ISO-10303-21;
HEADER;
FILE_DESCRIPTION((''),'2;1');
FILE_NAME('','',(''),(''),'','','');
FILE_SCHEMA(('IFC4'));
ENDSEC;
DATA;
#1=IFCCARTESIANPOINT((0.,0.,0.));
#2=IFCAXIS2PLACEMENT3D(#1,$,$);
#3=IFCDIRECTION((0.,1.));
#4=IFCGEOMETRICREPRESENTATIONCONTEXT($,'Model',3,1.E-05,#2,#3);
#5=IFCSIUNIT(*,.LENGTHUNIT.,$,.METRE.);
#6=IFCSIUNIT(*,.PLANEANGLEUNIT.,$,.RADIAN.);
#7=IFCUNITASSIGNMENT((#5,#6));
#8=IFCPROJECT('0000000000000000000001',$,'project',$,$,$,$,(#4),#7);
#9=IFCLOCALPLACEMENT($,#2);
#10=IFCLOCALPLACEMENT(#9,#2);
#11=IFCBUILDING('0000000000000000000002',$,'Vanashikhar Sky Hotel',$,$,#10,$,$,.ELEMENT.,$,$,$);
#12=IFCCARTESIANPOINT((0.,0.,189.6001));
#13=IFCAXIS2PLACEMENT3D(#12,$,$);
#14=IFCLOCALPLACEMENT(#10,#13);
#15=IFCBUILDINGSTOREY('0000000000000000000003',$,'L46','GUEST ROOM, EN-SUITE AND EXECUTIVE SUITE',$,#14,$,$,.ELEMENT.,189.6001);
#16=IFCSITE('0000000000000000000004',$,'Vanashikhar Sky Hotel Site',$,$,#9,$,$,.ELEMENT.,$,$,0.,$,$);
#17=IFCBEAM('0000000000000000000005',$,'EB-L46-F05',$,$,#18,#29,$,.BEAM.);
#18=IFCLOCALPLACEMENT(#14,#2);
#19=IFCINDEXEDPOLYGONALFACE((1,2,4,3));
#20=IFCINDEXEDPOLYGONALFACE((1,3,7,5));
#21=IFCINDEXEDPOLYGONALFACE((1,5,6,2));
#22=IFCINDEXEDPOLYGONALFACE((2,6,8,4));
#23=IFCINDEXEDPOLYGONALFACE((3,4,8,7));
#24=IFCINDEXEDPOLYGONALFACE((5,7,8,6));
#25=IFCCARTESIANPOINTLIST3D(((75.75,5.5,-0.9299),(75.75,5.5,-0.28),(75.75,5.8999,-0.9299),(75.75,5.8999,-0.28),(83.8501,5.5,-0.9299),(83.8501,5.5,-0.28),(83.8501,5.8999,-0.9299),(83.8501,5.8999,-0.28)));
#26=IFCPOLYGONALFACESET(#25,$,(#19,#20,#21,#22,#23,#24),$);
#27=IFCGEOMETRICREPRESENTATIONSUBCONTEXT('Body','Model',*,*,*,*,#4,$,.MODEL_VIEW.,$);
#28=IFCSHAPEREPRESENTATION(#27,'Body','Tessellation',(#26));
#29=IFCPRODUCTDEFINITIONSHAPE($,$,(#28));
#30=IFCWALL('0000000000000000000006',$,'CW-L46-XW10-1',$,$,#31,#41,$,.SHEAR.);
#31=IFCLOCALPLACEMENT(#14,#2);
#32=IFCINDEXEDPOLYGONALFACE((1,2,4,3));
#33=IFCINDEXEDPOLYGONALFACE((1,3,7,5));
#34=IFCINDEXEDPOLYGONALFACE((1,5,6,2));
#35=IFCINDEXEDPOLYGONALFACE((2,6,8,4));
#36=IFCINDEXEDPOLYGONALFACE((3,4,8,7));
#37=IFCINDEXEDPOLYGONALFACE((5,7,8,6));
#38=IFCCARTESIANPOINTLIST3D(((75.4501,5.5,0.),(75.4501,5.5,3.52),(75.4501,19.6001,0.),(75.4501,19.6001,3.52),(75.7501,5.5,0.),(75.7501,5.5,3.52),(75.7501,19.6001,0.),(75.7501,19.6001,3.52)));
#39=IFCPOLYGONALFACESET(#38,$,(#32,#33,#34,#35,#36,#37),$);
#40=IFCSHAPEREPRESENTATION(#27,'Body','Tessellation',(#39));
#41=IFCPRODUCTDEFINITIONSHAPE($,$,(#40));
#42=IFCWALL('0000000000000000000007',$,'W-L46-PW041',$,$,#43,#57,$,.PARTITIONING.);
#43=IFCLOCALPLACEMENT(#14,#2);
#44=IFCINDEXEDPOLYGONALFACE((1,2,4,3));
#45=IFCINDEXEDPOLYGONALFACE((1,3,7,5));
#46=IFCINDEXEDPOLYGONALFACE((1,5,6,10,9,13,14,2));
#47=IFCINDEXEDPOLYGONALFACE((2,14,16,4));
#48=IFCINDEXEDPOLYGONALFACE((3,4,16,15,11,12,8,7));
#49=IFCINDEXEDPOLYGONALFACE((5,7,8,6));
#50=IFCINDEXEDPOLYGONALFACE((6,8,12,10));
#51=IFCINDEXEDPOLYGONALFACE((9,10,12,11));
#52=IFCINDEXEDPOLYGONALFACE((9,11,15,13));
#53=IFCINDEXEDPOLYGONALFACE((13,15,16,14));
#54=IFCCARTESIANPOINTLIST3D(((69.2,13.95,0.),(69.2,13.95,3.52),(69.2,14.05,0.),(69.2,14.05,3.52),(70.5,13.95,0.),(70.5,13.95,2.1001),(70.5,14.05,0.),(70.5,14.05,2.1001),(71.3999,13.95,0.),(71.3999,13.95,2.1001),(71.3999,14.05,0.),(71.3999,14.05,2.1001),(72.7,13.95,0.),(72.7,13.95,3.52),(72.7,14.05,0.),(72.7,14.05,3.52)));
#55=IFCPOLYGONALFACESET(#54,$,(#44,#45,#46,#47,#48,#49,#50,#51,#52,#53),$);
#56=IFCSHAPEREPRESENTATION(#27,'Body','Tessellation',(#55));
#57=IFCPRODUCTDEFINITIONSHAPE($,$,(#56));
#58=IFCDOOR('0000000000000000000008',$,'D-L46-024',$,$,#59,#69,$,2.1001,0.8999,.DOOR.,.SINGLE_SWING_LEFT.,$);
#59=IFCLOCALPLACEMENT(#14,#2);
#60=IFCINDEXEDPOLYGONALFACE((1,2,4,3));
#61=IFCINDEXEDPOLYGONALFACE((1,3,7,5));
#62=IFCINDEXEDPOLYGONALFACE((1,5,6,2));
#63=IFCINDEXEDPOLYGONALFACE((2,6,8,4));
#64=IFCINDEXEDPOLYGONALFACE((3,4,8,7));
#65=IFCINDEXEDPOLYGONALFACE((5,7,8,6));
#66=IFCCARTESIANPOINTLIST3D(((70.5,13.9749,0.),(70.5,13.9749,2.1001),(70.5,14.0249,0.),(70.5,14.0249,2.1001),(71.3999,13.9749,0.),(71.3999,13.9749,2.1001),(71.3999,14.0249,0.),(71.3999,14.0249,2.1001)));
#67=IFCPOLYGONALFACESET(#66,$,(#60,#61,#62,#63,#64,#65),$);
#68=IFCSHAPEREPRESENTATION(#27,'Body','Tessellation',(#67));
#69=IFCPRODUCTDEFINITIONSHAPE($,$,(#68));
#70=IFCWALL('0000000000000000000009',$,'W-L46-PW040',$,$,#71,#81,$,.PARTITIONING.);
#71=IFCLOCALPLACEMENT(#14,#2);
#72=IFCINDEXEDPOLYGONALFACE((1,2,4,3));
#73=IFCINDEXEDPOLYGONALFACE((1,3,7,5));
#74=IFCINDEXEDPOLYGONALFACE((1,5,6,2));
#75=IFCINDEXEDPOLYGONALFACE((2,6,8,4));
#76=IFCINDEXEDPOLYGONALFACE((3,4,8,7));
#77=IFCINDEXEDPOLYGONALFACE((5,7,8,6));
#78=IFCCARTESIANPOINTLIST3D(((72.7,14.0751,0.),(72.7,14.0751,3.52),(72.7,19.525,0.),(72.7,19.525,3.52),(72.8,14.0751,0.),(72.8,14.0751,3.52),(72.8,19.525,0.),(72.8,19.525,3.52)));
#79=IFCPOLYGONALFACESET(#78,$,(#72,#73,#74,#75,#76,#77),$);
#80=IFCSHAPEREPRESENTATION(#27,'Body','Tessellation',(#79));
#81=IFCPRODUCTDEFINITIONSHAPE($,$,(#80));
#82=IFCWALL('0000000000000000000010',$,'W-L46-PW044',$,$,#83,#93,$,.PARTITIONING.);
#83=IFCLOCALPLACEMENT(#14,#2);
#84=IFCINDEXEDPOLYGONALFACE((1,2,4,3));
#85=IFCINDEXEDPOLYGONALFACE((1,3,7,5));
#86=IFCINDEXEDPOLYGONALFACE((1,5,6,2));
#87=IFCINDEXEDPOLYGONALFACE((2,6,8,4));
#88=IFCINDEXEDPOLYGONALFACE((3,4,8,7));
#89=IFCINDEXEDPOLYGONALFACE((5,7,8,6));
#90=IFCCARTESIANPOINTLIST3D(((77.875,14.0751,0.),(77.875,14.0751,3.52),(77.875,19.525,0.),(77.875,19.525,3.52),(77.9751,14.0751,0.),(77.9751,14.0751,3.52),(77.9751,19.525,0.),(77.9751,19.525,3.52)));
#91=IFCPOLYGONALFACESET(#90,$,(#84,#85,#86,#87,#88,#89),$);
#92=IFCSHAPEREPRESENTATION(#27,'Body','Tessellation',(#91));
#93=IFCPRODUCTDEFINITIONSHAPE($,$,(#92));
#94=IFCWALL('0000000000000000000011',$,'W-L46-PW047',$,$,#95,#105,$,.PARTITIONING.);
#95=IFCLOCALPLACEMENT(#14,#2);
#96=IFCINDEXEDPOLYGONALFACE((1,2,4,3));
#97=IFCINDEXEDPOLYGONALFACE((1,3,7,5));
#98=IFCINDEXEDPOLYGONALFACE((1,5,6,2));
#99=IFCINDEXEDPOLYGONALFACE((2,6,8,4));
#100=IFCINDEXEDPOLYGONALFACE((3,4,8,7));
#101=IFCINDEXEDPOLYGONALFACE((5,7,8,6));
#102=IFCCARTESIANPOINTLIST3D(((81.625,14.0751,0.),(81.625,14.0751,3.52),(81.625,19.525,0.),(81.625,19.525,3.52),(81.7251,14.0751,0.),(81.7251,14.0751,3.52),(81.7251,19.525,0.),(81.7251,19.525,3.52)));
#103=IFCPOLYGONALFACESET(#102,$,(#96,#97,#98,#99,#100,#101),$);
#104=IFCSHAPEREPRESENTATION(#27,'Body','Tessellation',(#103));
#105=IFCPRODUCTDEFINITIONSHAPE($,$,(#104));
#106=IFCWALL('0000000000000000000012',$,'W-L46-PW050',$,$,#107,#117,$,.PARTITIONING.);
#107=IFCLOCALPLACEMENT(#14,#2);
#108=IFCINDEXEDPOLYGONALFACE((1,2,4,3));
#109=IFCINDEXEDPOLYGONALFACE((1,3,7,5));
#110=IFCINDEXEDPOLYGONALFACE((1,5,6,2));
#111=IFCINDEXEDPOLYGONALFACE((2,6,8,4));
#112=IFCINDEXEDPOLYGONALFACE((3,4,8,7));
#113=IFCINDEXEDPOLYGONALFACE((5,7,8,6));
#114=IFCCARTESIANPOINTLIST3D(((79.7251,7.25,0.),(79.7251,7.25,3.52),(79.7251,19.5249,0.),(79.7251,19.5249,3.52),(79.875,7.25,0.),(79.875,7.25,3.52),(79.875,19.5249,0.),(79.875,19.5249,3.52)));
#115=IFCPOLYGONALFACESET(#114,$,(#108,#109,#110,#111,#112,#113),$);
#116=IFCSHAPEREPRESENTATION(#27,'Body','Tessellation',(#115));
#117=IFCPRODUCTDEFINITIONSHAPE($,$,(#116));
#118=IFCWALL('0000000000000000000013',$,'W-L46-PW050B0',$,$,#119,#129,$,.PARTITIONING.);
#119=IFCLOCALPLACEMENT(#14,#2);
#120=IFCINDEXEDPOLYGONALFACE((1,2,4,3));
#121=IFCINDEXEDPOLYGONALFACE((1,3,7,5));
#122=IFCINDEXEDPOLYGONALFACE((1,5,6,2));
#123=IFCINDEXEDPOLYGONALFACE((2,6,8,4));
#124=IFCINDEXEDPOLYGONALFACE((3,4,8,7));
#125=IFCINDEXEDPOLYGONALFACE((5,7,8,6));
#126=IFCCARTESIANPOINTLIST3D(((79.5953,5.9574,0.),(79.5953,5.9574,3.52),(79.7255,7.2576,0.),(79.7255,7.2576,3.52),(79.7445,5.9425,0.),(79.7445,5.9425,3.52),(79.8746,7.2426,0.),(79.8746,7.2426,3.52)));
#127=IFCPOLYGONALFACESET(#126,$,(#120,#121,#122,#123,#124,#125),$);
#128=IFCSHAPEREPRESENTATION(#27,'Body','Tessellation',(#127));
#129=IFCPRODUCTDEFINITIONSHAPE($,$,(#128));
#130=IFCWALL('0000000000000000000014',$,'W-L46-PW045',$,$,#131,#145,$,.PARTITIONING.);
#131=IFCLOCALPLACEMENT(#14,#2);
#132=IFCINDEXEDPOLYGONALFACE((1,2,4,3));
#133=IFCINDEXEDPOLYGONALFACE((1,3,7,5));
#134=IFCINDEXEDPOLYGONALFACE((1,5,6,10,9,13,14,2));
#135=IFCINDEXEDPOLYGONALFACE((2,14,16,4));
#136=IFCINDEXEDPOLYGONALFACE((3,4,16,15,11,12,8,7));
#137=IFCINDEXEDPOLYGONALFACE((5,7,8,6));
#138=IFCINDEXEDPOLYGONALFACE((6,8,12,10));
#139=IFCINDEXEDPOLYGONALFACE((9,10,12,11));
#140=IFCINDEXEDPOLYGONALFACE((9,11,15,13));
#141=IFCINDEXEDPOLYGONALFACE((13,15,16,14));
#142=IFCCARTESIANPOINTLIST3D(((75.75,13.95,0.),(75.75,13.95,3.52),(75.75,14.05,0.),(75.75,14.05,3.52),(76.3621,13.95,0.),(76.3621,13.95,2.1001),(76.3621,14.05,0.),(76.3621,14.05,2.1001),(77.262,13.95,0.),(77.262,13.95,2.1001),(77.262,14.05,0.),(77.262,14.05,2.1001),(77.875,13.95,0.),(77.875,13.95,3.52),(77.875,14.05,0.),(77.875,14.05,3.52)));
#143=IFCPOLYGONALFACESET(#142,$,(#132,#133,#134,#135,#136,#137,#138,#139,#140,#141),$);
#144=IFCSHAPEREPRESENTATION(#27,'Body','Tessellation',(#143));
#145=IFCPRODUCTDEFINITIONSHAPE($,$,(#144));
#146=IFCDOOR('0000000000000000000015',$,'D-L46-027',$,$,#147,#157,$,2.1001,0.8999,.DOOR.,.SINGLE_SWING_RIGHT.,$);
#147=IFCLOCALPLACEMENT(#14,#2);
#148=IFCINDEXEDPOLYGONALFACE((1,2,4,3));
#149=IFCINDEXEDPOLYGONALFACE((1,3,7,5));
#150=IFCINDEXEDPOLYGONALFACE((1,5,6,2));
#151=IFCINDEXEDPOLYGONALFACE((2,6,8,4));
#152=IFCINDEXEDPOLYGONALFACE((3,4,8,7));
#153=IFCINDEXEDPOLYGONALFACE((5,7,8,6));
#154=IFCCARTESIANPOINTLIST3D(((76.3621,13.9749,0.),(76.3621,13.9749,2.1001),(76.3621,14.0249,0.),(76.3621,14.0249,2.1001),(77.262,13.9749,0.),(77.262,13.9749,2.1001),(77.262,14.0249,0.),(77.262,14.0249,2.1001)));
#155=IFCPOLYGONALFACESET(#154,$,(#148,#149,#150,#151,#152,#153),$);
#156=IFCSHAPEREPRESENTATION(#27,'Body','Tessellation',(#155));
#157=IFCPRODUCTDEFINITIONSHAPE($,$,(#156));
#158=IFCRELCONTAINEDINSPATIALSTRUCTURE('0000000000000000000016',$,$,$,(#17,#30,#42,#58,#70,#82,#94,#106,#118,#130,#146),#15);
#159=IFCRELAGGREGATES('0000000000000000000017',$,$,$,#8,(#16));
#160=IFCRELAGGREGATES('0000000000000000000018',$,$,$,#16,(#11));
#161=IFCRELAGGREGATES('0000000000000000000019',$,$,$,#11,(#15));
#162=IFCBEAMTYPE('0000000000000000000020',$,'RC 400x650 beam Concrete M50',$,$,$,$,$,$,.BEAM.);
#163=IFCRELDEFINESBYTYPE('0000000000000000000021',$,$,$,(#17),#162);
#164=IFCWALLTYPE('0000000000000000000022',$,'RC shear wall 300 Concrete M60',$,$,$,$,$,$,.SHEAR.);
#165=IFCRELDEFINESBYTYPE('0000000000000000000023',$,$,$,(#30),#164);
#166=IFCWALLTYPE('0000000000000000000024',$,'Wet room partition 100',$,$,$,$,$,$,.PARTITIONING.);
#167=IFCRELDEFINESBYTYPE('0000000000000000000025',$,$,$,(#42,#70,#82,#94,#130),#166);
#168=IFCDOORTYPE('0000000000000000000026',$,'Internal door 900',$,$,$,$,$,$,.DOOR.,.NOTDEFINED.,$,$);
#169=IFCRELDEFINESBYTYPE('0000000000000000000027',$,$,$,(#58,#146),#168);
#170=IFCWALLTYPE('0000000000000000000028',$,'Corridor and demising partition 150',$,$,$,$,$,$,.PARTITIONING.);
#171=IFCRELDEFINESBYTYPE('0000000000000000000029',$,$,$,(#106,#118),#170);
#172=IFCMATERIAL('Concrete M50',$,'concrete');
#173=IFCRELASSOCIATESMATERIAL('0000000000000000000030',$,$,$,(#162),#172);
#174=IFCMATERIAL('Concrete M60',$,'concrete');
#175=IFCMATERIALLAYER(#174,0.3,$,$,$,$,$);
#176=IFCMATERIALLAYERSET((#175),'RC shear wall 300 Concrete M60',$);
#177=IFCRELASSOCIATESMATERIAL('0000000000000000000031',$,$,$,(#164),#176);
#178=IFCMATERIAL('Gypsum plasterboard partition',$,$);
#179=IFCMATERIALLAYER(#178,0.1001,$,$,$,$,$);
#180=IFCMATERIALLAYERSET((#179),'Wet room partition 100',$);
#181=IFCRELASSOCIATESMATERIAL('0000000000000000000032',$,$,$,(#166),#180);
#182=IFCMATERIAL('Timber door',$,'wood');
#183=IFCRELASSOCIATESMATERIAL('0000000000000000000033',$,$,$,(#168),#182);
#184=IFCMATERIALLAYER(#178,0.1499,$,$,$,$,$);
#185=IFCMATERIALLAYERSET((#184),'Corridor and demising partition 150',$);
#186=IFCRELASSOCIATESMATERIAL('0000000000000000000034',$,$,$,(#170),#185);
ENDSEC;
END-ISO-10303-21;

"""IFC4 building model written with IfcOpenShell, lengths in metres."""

from ifc_helpers import new_model, si_unit, direction, frame, frame_2d, origin, origin_2d, place, context, subcontext, project, spatial, rectangle, extrude, source, transform, mapped, material, layer, layer_set, material_profile, profile_set, type_object, element, fill, save


model = new_model("IFC4")

# Units and contexts
model_context = context("Model", 3, precision=1e-05, world=origin(), true_north=direction((0.0, 1.0)))
body_context = subcontext(model_context, "Body", "Model", "MODEL_VIEW")
ifc_project = project(units=[si_unit("LENGTHUNIT", "METRE"), si_unit("PLANEANGLEUNIT", "RADIAN")], contexts=[model_context])

# Site, building, storey
site_placement = place(None, origin())
site = spatial("IfcSite", under=ifc_project, at=site_placement, Name="Vanashikhar Sky Hotel Site", CompositionType="ELEMENT", RefElevation=0.0)
building_placement = place(site_placement, origin())
building = spatial("IfcBuilding", under=site, at=building_placement, Name="Vanashikhar Sky Hotel", CompositionType="ELEMENT")
storey_placement = place(building_placement, frame((0.0, 0.0, 189.6001)))
storey = spatial("IfcBuildingStorey", under=building, at=storey_placement, Name="L46", Description="GUEST ROOM, EN-SUITE AND EXECUTIVE SUITE", CompositionType="ELEMENT", Elevation=189.6001)

# Beam
ifc_material_1 = material(Name="Concrete M50", Category="concrete")
ifc_material_profile = material_profile(ifc_material_1, rectangle(XDim=0.3999, YDim=0.6499, at=origin_2d()))
ifc_profile_set = profile_set([ifc_material_profile], Name="RC 400x650 beam Concrete M50")
beam_type = type_object("IfcBeamType", Name="RC 400x650 beam Concrete M50", PredefinedType="BEAM", material=ifc_profile_set)
shared_shape_1 = source(origin(), body_context, "Body", "SweptSolid", [
    extrude(rectangle(XDim=0.3999, YDim=0.6499, at=origin_2d()), origin(), (0.0, 0.0, 1.0), 8.1001),
])
beam_placement = place(storey_placement, frame((75.75, 5.7, -0.605), z_axis=(1.0, 0.0, 0.0), x_axis=(0.0, 1.0, 0.0)))
element("IfcBeam", 1, at=beam_placement, inside=storey, type_object=beam_type, Name="EB-L46-F05", PredefinedType="BEAM", context=body_context, shape_type="MappedRepresentation", body=[
    mapped(shared_shape_1, transform((0.0, 0.0, 0.0), scale=1.0)),
])

# Wall
ifc_material_2 = material(Name="Concrete M60", Category="concrete")
ifc_layer_1 = layer(ifc_material_2, 0.3)
ifc_layer_set_1 = layer_set([ifc_layer_1], Name="RC shear wall 300 Concrete M60")
wall_type_1 = type_object("IfcWallType", Name="RC shear wall 300 Concrete M60", PredefinedType="SHEAR", material=ifc_layer_set_1)
shared_shape_2 = source(origin(), body_context, "Body", "SweptSolid", [
    extrude(rectangle(XDim=14.1001, YDim=0.3, at=frame_2d((7.05, 0.0))), origin(), (0.0, 0.0, 1.0), 3.52),
])
wall_1_placement = place(storey_placement, frame((75.6001, 5.5, 0.0), z_axis=(0.0, 0.0, 1.0), x_axis=(0.0, 1.0, 0.0)))
element("IfcWall", 2, at=wall_1_placement, inside=storey, type_object=wall_type_1, Name="CW-L46-XW10-1", PredefinedType="SHEAR", context=body_context, shape_type="MappedRepresentation", body=[
    mapped(shared_shape_2, transform((0.0, 0.0, 0.0), scale=1.0)),
])

# Wall, opening, door
ifc_material_3 = material(Name="Gypsum plasterboard partition")
ifc_layer_2 = layer(ifc_material_3, 0.1001)
ifc_layer_set_2 = layer_set([ifc_layer_2], Name="Wet room partition 100")
wall_type_2 = type_object("IfcWallType", Name="Wet room partition 100", PredefinedType="PARTITIONING", material=ifc_layer_set_2)
shared_shape_3 = source(origin(), body_context, "Body", "SweptSolid", [
    extrude(rectangle(XDim=3.5, YDim=0.1001, at=frame_2d((1.75, 0.0))), origin(), (0.0, 0.0, 1.0), 3.52),
])
wall_2_placement = place(storey_placement, frame((69.2, 14.0, 0.0), z_axis=(0.0, 0.0, 1.0), x_axis=(1.0, 0.0, 0.0)))
wall_2 = element("IfcWall", 3, at=wall_2_placement, inside=storey, type_object=wall_type_2, Name="W-L46-PW041", PredefinedType="PARTITIONING", context=body_context, shape_type="MappedRepresentation", body=[
    mapped(shared_shape_3, transform((0.0, 0.0, 0.0), scale=1.0)),
])
shared_shape_4 = source(origin(), body_context, "Body", "SweptSolid", [
    extrude(rectangle(XDim=0.8999, YDim=2.1001, at=frame_2d((0.45, 1.05))), frame((0.0, 0.0601, 0.0), z_axis=(0.0, -1.0, 0.0), x_axis=(1.0, 0.0, 0.0)), (0.0, 0.0, 1.0), 0.1201),
])
opening_1_placement = place(wall_2_placement, frame((1.3, 0.0, 0.0)))
opening_1 = element("IfcOpeningElement", 4, at=opening_1_placement, cuts=wall_2, PredefinedType="OPENING", context=body_context, shape_type="MappedRepresentation", body=[
    mapped(shared_shape_4, transform((0.0, 0.0, 0.0), scale=1.0)),
])
ifc_material_4 = material(Name="Timber door", Category="wood")
door_type_1 = type_object("IfcDoorType", Name="Internal door 900", OperationType="NOTDEFINED", PredefinedType="DOOR", material=ifc_material_4)
shared_shape_5 = source(origin(), body_context, "Body", "SweptSolid", [
    extrude(rectangle(XDim=0.8999, YDim=2.1001, at=frame_2d((0.45, 1.05))), frame((0.0, 0.0249, 0.0), z_axis=(0.0, -1.0, 0.0), x_axis=(1.0, 0.0, 0.0)), (0.0, 0.0, 1.0), 0.05),
])
door_1_placement = place(opening_1_placement, origin())
door_1 = element("IfcDoor", 5, at=door_1_placement, inside=storey, type_object=door_type_1, Name="D-L46-024", OperationType="SINGLE_SWING_LEFT", OverallHeight=2.1001, OverallWidth=0.8999, PredefinedType="DOOR", context=body_context, shape_type="MappedRepresentation", body=[
    mapped(shared_shape_5, transform((0.0, 0.0, 0.0), scale=1.0)),
])
fill(opening_1, door_1)

# Walls
shared_shape_6 = source(origin(), body_context, "Body", "SweptSolid", [
    extrude(rectangle(XDim=5.45, YDim=0.1001, at=frame_2d((2.7251, 0.0))), origin(), (0.0, 0.0, 1.0), 3.52),
])
for number, where, z_axis, x_axis, name in (
    (6, (72.75, 14.075, 0.0), (0.0, 0.0, 1.0), (0.0, 1.0, 0.0), "W-L46-PW040"),
    (7, (77.925, 14.075, 0.0), (0.0, 0.0, 1.0), (0.0, 1.0, 0.0), "W-L46-PW044"),
    (8, (81.675, 14.075, 0.0), (0.0, 0.0, 1.0), (0.0, 1.0, 0.0), "W-L46-PW047"),
):
    element("IfcWall", number, at=place(storey_placement, frame(where, z_axis=z_axis, x_axis=x_axis)), inside=storey, type_object=wall_type_2, Name=name, PredefinedType="PARTITIONING", context=body_context, shape_type="MappedRepresentation", body=[
        mapped(shared_shape_6, transform((0.0, 0.0, 0.0), scale=1.0)),
    ])
ifc_layer_3 = layer(ifc_material_3, 0.1499)
ifc_layer_set_3 = layer_set([ifc_layer_3], Name="Corridor and demising partition 150")
wall_type_3 = type_object("IfcWallType", Name="Corridor and demising partition 150", PredefinedType="PARTITIONING", material=ifc_layer_set_3)
shared_shape_7 = source(origin(), body_context, "Body", "SweptSolid", [
    extrude(rectangle(XDim=12.2749, YDim=0.1499, at=frame_2d((6.1375, 0.0))), origin(), (0.0, 0.0, 1.0), 3.52),
])
wall_3_placement = place(storey_placement, frame((79.8, 7.25, 0.0), z_axis=(0.0, 0.0, 1.0), x_axis=(0.0, 1.0, 0.0)))
element("IfcWall", 9, at=wall_3_placement, inside=storey, type_object=wall_type_3, Name="W-L46-PW050", PredefinedType="PARTITIONING", context=body_context, shape_type="MappedRepresentation", body=[
    mapped(shared_shape_7, transform((0.0, 0.0, 0.0), scale=1.0)),
])
shared_shape_8 = source(origin(), body_context, "Body", "SweptSolid", [
    extrude(rectangle(XDim=1.3066, YDim=0.1499, at=frame_2d((0.6533, 0.0))), origin(), (0.0, 0.0, 1.0), 3.52),
])
wall_4_placement = place(storey_placement, frame((79.6699, 5.95, 0.0), z_axis=(0.0, 0.0, 1.0), x_axis=(0.099596, 0.995028, 0.0)))
element("IfcWall", 10, at=wall_4_placement, inside=storey, type_object=wall_type_3, Name="W-L46-PW050B0", PredefinedType="PARTITIONING", context=body_context, shape_type="MappedRepresentation", body=[
    mapped(shared_shape_8, transform((0.0, 0.0, 0.0), scale=1.0)),
])

# Wall, opening, door
shared_shape_9 = source(origin(), body_context, "Body", "SweptSolid", [
    extrude(rectangle(XDim=2.125, YDim=0.1001, at=frame_2d((1.0625, 0.0))), origin(), (0.0, 0.0, 1.0), 3.52),
])
wall_5_placement = place(storey_placement, frame((75.75, 14.0, 0.0), z_axis=(0.0, 0.0, 1.0), x_axis=(1.0, 0.0, 0.0)))
wall_5 = element("IfcWall", 11, at=wall_5_placement, inside=storey, type_object=wall_type_2, Name="W-L46-PW045", PredefinedType="PARTITIONING", context=body_context, shape_type="MappedRepresentation", body=[
    mapped(shared_shape_9, transform((0.0, 0.0, 0.0), scale=1.0)),
])
opening_2_placement = place(wall_5_placement, frame((0.6121, 0.0, 0.0)))
opening_2 = element("IfcOpeningElement", 12, at=opening_2_placement, cuts=wall_5, PredefinedType="OPENING", context=body_context, shape_type="MappedRepresentation", body=[
    mapped(shared_shape_4, transform((0.0, 0.0, 0.0), scale=1.0)),
])
door_2_placement = place(opening_2_placement, origin())
door_2 = element("IfcDoor", 13, at=door_2_placement, inside=storey, type_object=door_type_1, Name="D-L46-027", OperationType="SINGLE_SWING_RIGHT", OverallHeight=2.1001, OverallWidth=0.8999, PredefinedType="DOOR", context=body_context, shape_type="MappedRepresentation", body=[
    mapped(shared_shape_5, transform((0.0, 0.0, 0.0), scale=1.0)),
])
fill(opening_2, door_2)

save(model, "model.ifc")
